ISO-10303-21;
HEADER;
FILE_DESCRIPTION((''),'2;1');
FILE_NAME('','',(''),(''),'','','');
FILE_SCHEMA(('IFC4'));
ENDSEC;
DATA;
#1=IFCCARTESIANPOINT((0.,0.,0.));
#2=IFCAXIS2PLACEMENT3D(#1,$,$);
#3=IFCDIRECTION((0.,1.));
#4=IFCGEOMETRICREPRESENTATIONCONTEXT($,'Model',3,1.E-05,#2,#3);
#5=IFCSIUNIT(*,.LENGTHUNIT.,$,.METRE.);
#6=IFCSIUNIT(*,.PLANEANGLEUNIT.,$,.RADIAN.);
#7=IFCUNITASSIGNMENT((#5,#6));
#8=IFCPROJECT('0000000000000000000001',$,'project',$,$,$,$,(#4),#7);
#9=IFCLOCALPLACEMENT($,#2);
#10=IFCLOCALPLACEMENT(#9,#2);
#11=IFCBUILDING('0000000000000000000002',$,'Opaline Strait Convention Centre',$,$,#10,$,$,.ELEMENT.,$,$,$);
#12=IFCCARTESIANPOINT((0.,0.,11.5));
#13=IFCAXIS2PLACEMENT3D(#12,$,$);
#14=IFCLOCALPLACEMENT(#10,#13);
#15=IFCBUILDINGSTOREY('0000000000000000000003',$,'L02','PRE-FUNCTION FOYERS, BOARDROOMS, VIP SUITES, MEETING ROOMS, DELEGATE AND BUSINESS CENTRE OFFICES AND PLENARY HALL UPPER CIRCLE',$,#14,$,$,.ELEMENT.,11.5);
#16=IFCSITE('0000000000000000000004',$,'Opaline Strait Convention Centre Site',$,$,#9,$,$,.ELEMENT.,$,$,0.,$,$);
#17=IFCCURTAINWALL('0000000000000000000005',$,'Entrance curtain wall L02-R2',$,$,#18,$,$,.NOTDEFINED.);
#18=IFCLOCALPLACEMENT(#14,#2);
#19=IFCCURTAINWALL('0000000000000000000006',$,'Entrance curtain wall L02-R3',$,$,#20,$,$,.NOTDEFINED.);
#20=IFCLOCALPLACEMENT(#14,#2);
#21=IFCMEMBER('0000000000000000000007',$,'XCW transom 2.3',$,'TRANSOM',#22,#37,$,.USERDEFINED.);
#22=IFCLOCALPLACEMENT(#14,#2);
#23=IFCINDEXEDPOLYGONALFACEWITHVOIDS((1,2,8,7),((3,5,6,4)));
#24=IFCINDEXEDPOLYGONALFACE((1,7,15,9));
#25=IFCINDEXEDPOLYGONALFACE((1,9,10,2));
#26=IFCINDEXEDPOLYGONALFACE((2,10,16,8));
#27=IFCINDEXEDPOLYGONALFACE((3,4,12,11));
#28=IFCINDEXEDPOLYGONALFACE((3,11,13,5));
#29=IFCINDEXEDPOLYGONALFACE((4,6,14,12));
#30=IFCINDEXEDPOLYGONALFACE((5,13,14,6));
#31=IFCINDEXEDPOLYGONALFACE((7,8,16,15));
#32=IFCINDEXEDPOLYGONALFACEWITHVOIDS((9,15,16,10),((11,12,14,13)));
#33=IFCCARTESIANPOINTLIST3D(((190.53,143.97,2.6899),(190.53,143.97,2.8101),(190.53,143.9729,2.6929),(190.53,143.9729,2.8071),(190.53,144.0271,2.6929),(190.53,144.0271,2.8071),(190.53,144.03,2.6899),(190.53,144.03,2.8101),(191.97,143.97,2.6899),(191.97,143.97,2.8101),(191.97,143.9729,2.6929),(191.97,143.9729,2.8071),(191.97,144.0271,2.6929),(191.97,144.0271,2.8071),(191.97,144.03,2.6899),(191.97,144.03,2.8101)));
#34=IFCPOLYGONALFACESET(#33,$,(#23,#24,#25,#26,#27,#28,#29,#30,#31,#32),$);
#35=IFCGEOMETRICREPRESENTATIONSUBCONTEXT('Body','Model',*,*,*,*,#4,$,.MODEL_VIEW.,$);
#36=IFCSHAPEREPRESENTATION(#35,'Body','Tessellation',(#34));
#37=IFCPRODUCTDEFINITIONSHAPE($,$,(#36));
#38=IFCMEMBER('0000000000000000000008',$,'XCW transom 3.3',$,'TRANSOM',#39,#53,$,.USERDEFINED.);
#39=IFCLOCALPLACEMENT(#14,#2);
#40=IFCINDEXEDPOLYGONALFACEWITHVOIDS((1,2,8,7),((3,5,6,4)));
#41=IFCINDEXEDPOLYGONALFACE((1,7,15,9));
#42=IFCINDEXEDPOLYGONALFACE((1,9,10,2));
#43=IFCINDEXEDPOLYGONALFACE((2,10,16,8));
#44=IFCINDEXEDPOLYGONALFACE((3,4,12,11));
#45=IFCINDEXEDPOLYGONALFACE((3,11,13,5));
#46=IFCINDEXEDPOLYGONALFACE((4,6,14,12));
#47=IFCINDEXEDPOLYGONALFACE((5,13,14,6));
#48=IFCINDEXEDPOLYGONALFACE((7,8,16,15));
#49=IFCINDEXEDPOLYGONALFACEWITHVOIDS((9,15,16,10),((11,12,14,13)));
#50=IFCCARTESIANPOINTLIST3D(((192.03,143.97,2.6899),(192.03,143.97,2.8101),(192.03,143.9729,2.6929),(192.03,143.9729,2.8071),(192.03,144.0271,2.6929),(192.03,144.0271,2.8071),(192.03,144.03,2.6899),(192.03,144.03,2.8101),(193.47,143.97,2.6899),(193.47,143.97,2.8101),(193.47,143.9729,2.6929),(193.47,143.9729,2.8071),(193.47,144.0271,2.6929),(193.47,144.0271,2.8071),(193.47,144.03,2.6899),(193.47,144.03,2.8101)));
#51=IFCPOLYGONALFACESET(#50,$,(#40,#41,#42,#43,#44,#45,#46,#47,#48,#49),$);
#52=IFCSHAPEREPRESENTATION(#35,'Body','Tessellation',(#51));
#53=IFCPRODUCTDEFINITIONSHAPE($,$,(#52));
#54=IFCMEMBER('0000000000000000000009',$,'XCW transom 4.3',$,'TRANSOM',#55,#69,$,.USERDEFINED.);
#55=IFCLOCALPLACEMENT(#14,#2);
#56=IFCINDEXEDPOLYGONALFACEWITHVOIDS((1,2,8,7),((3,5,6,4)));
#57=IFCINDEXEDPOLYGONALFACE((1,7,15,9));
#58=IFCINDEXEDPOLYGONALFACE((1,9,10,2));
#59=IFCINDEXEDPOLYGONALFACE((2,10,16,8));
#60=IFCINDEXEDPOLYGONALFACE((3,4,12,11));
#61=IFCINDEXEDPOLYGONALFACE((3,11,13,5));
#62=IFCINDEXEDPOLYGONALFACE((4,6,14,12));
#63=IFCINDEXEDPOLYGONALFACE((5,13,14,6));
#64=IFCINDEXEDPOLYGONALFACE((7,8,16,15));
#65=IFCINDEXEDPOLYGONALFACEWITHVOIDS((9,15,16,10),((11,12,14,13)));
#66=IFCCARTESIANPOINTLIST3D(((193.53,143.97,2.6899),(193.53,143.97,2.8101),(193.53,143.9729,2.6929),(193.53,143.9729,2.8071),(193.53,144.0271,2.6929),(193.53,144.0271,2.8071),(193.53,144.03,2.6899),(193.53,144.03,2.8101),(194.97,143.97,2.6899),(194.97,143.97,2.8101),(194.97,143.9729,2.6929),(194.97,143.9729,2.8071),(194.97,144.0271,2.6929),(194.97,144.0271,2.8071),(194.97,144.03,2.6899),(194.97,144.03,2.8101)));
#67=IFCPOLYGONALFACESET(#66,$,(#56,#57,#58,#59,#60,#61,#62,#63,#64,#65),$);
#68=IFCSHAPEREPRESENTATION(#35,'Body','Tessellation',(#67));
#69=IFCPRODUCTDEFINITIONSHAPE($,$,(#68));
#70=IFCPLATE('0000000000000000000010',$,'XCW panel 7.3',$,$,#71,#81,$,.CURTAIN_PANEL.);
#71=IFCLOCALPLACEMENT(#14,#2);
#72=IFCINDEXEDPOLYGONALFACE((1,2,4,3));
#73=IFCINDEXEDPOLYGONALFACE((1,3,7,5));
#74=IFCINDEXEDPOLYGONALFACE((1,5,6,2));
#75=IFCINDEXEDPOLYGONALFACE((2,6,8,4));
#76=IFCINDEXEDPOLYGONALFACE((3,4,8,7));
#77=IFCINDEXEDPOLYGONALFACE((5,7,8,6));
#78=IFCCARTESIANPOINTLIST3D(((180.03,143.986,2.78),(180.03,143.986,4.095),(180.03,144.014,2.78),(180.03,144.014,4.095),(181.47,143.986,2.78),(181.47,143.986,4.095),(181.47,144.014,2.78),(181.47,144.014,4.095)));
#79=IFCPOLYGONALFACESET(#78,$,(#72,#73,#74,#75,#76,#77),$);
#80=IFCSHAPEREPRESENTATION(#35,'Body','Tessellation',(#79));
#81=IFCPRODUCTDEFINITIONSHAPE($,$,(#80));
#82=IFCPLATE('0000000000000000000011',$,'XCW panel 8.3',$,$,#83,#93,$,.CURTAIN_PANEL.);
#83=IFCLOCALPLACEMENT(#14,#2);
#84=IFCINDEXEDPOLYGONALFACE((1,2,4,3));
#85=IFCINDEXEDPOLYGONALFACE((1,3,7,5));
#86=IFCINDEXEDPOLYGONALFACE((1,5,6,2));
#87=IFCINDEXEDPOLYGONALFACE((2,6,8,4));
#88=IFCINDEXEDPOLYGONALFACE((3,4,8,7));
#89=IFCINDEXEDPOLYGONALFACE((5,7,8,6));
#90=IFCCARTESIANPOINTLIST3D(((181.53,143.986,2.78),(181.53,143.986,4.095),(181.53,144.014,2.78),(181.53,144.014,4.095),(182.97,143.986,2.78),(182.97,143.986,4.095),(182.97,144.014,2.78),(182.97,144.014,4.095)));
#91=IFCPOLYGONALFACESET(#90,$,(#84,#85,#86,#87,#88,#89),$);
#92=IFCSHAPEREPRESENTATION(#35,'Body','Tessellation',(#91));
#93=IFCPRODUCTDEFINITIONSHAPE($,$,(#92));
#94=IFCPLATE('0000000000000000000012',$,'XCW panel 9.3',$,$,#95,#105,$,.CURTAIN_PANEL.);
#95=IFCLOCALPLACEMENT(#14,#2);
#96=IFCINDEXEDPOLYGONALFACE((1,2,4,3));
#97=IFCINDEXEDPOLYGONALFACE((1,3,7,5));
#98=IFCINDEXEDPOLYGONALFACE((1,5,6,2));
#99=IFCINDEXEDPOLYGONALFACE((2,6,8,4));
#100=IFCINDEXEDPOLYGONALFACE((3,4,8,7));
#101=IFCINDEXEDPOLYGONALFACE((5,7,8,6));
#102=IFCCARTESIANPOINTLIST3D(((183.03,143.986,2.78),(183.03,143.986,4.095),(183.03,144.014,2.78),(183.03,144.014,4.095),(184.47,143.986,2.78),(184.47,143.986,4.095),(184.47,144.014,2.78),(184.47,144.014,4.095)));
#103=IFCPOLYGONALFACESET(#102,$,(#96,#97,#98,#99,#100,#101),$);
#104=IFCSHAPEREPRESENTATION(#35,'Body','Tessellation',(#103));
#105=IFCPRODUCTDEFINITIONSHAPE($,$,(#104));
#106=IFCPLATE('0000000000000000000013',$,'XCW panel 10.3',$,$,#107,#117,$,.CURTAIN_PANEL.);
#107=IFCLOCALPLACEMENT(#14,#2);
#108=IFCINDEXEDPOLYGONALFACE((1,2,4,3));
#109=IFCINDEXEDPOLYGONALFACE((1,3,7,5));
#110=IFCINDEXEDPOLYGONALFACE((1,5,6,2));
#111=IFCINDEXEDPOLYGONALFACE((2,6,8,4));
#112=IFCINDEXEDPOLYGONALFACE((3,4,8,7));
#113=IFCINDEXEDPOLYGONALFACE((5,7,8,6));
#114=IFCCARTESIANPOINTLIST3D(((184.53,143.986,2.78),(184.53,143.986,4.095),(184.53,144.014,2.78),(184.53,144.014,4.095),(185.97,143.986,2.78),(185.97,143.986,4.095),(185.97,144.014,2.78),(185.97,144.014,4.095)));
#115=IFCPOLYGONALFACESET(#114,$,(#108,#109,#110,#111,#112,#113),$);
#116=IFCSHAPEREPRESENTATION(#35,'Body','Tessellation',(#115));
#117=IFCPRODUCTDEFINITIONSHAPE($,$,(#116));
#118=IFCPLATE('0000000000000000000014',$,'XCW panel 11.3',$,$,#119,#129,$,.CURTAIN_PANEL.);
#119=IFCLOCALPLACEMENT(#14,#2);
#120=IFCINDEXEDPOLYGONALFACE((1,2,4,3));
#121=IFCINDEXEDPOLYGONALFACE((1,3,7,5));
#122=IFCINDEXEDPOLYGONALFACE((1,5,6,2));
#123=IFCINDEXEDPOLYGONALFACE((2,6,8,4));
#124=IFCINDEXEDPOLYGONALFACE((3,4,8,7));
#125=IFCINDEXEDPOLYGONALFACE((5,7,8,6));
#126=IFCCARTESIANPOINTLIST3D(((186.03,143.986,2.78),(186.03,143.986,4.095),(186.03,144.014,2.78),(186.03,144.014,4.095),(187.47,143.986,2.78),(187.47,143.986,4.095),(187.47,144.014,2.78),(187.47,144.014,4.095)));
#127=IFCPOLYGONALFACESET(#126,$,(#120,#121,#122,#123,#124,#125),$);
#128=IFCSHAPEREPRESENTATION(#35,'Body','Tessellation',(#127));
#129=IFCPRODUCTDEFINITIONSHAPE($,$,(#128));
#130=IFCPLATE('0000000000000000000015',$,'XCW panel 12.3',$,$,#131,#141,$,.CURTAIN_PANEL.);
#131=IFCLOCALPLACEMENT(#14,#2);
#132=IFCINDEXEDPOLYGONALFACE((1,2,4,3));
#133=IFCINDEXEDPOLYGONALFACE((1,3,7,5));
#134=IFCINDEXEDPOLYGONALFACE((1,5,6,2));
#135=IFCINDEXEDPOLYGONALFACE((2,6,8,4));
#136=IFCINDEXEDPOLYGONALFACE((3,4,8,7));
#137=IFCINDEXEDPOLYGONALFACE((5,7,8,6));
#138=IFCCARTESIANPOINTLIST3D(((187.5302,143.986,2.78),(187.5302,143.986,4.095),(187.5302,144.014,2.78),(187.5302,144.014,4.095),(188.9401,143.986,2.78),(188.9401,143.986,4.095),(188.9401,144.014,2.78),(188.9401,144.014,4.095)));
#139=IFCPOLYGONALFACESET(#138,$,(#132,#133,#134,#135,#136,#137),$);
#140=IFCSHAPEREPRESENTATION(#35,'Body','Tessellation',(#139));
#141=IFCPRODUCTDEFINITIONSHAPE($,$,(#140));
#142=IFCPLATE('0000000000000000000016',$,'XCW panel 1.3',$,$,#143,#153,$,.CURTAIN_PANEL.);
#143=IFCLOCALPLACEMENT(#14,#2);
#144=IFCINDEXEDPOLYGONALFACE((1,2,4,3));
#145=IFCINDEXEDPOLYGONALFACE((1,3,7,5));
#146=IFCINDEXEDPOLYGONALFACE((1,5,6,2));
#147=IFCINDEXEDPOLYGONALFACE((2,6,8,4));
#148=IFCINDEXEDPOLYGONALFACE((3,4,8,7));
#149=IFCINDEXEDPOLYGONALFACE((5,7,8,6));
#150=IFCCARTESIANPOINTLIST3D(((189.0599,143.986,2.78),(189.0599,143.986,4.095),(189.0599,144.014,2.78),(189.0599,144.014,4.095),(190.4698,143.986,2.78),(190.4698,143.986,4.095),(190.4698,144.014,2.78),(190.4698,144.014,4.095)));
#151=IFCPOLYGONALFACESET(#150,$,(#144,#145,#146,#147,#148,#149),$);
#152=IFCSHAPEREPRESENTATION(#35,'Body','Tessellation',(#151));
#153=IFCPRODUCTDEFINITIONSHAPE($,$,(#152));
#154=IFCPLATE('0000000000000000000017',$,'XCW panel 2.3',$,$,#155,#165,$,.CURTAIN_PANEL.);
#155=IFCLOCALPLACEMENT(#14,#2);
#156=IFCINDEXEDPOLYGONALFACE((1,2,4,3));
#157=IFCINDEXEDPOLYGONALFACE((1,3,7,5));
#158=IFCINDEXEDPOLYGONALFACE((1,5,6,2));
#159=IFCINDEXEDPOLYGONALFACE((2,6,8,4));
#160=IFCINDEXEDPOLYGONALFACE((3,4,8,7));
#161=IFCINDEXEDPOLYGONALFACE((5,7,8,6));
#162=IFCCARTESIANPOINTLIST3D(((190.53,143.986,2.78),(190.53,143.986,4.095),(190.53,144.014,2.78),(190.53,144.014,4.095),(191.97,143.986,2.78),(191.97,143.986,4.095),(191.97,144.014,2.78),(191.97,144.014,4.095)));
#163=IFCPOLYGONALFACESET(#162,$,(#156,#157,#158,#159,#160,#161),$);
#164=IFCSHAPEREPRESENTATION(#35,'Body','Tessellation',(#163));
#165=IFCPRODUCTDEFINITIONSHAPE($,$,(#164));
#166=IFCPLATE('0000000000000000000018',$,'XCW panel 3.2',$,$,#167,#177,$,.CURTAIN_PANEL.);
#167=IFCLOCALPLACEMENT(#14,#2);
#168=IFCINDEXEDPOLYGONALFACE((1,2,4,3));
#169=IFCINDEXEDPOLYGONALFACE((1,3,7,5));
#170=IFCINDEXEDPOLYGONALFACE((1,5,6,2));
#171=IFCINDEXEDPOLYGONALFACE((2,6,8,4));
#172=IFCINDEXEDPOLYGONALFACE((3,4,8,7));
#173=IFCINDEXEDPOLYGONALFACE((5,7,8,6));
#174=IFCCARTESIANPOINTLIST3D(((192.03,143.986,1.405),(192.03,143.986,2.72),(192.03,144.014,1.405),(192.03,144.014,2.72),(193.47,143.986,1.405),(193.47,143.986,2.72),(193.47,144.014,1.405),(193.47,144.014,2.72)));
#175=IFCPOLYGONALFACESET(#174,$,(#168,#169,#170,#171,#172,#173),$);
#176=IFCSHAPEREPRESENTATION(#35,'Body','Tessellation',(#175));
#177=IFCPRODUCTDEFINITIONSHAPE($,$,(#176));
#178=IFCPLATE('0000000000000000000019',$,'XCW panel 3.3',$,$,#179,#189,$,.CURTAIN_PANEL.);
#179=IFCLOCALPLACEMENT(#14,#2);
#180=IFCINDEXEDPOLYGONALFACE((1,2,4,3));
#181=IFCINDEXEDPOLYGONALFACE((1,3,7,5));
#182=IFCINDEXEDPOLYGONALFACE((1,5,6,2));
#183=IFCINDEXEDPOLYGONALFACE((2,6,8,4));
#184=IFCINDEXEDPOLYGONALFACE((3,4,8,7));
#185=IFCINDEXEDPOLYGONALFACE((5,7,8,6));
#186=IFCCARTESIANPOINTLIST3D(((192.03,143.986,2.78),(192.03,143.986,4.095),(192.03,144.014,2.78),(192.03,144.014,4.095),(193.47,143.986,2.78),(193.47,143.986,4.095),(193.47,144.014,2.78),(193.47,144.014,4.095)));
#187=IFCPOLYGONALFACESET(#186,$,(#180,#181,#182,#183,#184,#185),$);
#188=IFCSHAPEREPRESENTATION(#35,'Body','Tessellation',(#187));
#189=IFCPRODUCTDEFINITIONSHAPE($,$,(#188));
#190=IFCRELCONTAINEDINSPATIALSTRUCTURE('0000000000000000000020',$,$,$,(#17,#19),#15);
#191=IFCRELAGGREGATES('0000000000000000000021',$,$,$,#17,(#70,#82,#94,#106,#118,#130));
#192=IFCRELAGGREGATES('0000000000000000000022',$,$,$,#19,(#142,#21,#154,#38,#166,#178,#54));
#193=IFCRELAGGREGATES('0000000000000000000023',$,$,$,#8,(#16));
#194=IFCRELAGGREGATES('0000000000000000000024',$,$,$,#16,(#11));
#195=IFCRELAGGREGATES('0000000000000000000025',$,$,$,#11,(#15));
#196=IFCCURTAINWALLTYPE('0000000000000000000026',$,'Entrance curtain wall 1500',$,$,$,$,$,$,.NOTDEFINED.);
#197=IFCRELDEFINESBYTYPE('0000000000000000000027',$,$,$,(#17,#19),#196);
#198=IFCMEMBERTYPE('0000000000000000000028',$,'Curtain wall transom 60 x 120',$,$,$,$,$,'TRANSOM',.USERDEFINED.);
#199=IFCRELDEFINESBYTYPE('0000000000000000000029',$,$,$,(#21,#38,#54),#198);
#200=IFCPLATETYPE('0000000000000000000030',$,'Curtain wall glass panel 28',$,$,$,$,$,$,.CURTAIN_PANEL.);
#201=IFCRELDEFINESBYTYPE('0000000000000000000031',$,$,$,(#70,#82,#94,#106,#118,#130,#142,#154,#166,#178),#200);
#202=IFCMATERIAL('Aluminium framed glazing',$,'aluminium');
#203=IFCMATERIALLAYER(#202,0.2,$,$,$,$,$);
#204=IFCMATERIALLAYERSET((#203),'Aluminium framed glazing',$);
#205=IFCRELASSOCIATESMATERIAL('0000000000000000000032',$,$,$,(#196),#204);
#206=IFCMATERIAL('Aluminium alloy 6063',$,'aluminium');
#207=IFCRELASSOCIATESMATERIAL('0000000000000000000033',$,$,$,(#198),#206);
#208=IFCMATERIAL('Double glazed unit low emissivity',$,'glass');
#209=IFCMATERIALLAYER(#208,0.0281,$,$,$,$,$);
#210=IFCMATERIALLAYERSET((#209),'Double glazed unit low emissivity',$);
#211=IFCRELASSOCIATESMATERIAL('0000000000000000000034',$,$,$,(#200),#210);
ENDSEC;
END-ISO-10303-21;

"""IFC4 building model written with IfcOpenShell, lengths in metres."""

from ifc_helpers import new_model, si_unit, direction, frame, origin, origin_2d, place, context, subcontext, project, spatial, rectangle, hollow_rectangle, extrude, material, layer, layer_set, material_profile, profile_set, type_object, element, aggregate, save


model = new_model("IFC4")

# Units and contexts
model_context = context("Model", 3, precision=1e-05, world=origin(), true_north=direction((0.0, 1.0)))
body_context = subcontext(model_context, "Body", "Model", "MODEL_VIEW")
ifc_project = project(units=[si_unit("LENGTHUNIT", "METRE"), si_unit("PLANEANGLEUNIT", "RADIAN")], contexts=[model_context])

# Site, building, storey
site_placement = place(None, origin())
site = spatial("IfcSite", under=ifc_project, at=site_placement, Name="Opaline Strait Convention Centre Site", CompositionType="ELEMENT", RefElevation=0.0)
building_placement = place(site_placement, origin())
building = spatial("IfcBuilding", under=site, at=building_placement, Name="Opaline Strait Convention Centre", CompositionType="ELEMENT")
storey_placement = place(building_placement, frame((0.0, 0.0, 11.5)))
storey = spatial("IfcBuildingStorey", under=building, at=storey_placement, Name="L02", Description="PRE-FUNCTION FOYERS, BOARDROOMS, VIP SUITES, MEETING ROOMS, DELEGATE AND BUSINESS CENTRE OFFICES AND PLENARY HALL UPPER CIRCLE", CompositionType="ELEMENT", Elevation=11.5)

# Curtain walls, members
ifc_material_1 = material(Name="Aluminium framed glazing", Category="aluminium")
ifc_layer_1 = layer(ifc_material_1, 0.2)
ifc_layer_set_1 = layer_set([ifc_layer_1], Name="Aluminium framed glazing")
curtain_wall_type = type_object("IfcCurtainWallType", Name="Entrance curtain wall 1500", PredefinedType="NOTDEFINED", material=ifc_layer_set_1)
curtain_wall_1_placement = place(storey_placement, origin())
curtain_wall_1 = element("IfcCurtainWall", 1, at=curtain_wall_1_placement, inside=storey, type_object=curtain_wall_type, Name="Entrance curtain wall L02-R2", PredefinedType="NOTDEFINED")
ifc_material_2 = material(Name="Aluminium alloy 6063", Category="aluminium")
ifc_material_profile = material_profile(ifc_material_2, hollow_rectangle(XDim=0.0601, YDim=0.1201, WallThickness=0.0029, at=origin_2d()), Name="TRANSOM 60x120x3")
ifc_profile_set = profile_set([ifc_material_profile], Name="Aluminium alloy 6063")
member_type = type_object("IfcMemberType", Name="Curtain wall transom 60 x 120", ElementType="TRANSOM", PredefinedType="USERDEFINED", material=ifc_profile_set)
curtain_wall_2_placement = place(storey_placement, origin())
curtain_wall_2 = element("IfcCurtainWall", 2, at=curtain_wall_2_placement, inside=storey, type_object=curtain_wall_type, Name="Entrance curtain wall L02-R3", PredefinedType="NOTDEFINED")
member_1_placement = place(storey_placement, frame((190.53, 144.0, 2.75), z_axis=(1.0, 0.0, 0.0), x_axis=(0.0, 1.0, 0.0)))
member_1 = element("IfcMember", 3, at=member_1_placement, type_object=member_type, Name="XCW transom 2.3", ObjectType="TRANSOM", PredefinedType="USERDEFINED", context=body_context, shape_type="SweptSolid", body=[
    extrude(hollow_rectangle(XDim=0.0601, YDim=0.1201, WallThickness=0.0029, at=origin_2d()), origin(), (0.0, 0.0, 1.0), 1.4399),
])
member_2_placement = place(storey_placement, frame((192.03, 144.0, 2.75), z_axis=(1.0, 0.0, 0.0), x_axis=(0.0, 1.0, 0.0)))
member_2 = element("IfcMember", 4, at=member_2_placement, type_object=member_type, Name="XCW transom 3.3", ObjectType="TRANSOM", PredefinedType="USERDEFINED", context=body_context, shape_type="SweptSolid", body=[
    extrude(hollow_rectangle(XDim=0.0601, YDim=0.1201, WallThickness=0.0029, at=origin_2d()), origin(), (0.0, 0.0, 1.0), 1.4399),
])
member_3_placement = place(storey_placement, frame((193.53, 144.0, 2.75), z_axis=(1.0, 0.0, 0.0), x_axis=(0.0, 1.0, 0.0)))
member_3 = element("IfcMember", 5, at=member_3_placement, type_object=member_type, Name="XCW transom 4.3", ObjectType="TRANSOM", PredefinedType="USERDEFINED", context=body_context, shape_type="SweptSolid", body=[
    extrude(hollow_rectangle(XDim=0.0601, YDim=0.1201, WallThickness=0.0029, at=origin_2d()), origin(), (0.0, 0.0, 1.0), 1.4399),
])

# Plates
ifc_material_3 = material(Name="Double glazed unit low emissivity", Category="glass")
ifc_layer_2 = layer(ifc_material_3, 0.0281)
ifc_layer_set_2 = layer_set([ifc_layer_2], Name="Double glazed unit low emissivity")
plate_type = type_object("IfcPlateType", Name="Curtain wall glass panel 28", PredefinedType="CURTAIN_PANEL", material=ifc_layer_set_2)
plate_1_placement = place(storey_placement, frame((180.75, 144.0, 2.78), z_axis=(0.0, 0.0, 1.0), x_axis=(1.0, 0.0, 0.0)))
plate_1 = element("IfcPlate", 6, at=plate_1_placement, type_object=plate_type, Name="XCW panel 7.3", PredefinedType="CURTAIN_PANEL", context=body_context, shape_type="SweptSolid", body=[
    extrude(rectangle(XDim=1.4399, YDim=0.0281, at=origin_2d()), origin(), (0.0, 0.0, 1.0), 1.3149),
])
plate_2_placement = place(storey_placement, frame((182.25, 144.0, 2.78), z_axis=(0.0, 0.0, 1.0), x_axis=(1.0, 0.0, 0.0)))
plate_2 = element("IfcPlate", 7, at=plate_2_placement, type_object=plate_type, Name="XCW panel 8.3", PredefinedType="CURTAIN_PANEL", context=body_context, shape_type="SweptSolid", body=[
    extrude(rectangle(XDim=1.4399, YDim=0.0281, at=origin_2d()), origin(), (0.0, 0.0, 1.0), 1.3149),
])
plate_3_placement = place(storey_placement, frame((183.75, 144.0, 2.78), z_axis=(0.0, 0.0, 1.0), x_axis=(1.0, 0.0, 0.0)))
plate_3 = element("IfcPlate", 8, at=plate_3_placement, type_object=plate_type, Name="XCW panel 9.3", PredefinedType="CURTAIN_PANEL", context=body_context, shape_type="SweptSolid", body=[
    extrude(rectangle(XDim=1.4399, YDim=0.0281, at=origin_2d()), origin(), (0.0, 0.0, 1.0), 1.3149),
])
plate_4_placement = place(storey_placement, frame((185.25, 144.0, 2.78), z_axis=(0.0, 0.0, 1.0), x_axis=(1.0, 0.0, 0.0)))
plate_4 = element("IfcPlate", 9, at=plate_4_placement, type_object=plate_type, Name="XCW panel 10.3", PredefinedType="CURTAIN_PANEL", context=body_context, shape_type="SweptSolid", body=[
    extrude(rectangle(XDim=1.4399, YDim=0.0281, at=origin_2d()), origin(), (0.0, 0.0, 1.0), 1.3149),
])
plate_5_placement = place(storey_placement, frame((186.75, 144.0, 2.78), z_axis=(0.0, 0.0, 1.0), x_axis=(1.0, 0.0, 0.0)))
plate_5 = element("IfcPlate", 10, at=plate_5_placement, type_object=plate_type, Name="XCW panel 11.3", PredefinedType="CURTAIN_PANEL", context=body_context, shape_type="SweptSolid", body=[
    extrude(rectangle(XDim=1.4399, YDim=0.0281, at=origin_2d()), origin(), (0.0, 0.0, 1.0), 1.3149),
])
plate_6_placement = place(storey_placement, frame((188.2351, 144.0, 2.78), z_axis=(0.0, 0.0, 1.0), x_axis=(1.0, 0.0, 0.0)))
plate_6 = element("IfcPlate", 11, at=plate_6_placement, type_object=plate_type, Name="XCW panel 12.3", PredefinedType="CURTAIN_PANEL", context=body_context, shape_type="SweptSolid", body=[
    extrude(rectangle(XDim=1.4099, YDim=0.0281, at=origin_2d()), origin(), (0.0, 0.0, 1.0), 1.3149),
])
aggregate(curtain_wall_1, [plate_1, plate_2, plate_3, plate_4, plate_5, plate_6])
plate_7_placement = place(storey_placement, frame((189.7649, 144.0, 2.78), z_axis=(0.0, 0.0, 1.0), x_axis=(1.0, 0.0, 0.0)))
plate_7 = element("IfcPlate", 12, at=plate_7_placement, type_object=plate_type, Name="XCW panel 1.3", PredefinedType="CURTAIN_PANEL", context=body_context, shape_type="SweptSolid", body=[
    extrude(rectangle(XDim=1.4099, YDim=0.0281, at=origin_2d()), origin(), (0.0, 0.0, 1.0), 1.3149),
])
plate_8_placement = place(storey_placement, frame((191.25, 144.0, 2.78), z_axis=(0.0, 0.0, 1.0), x_axis=(1.0, 0.0, 0.0)))
plate_8 = element("IfcPlate", 13, at=plate_8_placement, type_object=plate_type, Name="XCW panel 2.3", PredefinedType="CURTAIN_PANEL", context=body_context, shape_type="SweptSolid", body=[
    extrude(rectangle(XDim=1.4399, YDim=0.0281, at=origin_2d()), origin(), (0.0, 0.0, 1.0), 1.3149),
])
plate_9_placement = place(storey_placement, frame((192.75, 144.0, 1.405), z_axis=(0.0, 0.0, 1.0), x_axis=(1.0, 0.0, 0.0)))
plate_9 = element("IfcPlate", 14, at=plate_9_placement, type_object=plate_type, Name="XCW panel 3.2", PredefinedType="CURTAIN_PANEL", context=body_context, shape_type="SweptSolid", body=[
    extrude(rectangle(XDim=1.4399, YDim=0.0281, at=origin_2d()), origin(), (0.0, 0.0, 1.0), 1.3149),
])
plate_10_placement = place(storey_placement, frame((192.75, 144.0, 2.78), z_axis=(0.0, 0.0, 1.0), x_axis=(1.0, 0.0, 0.0)))
plate_10 = element("IfcPlate", 15, at=plate_10_placement, type_object=plate_type, Name="XCW panel 3.3", PredefinedType="CURTAIN_PANEL", context=body_context, shape_type="SweptSolid", body=[
    extrude(rectangle(XDim=1.4399, YDim=0.0281, at=origin_2d()), origin(), (0.0, 0.0, 1.0), 1.3149),
])
aggregate(curtain_wall_2, [plate_7, member_1, plate_8, member_2, plate_9, plate_10, member_3])

save(model, "model.ifc")
